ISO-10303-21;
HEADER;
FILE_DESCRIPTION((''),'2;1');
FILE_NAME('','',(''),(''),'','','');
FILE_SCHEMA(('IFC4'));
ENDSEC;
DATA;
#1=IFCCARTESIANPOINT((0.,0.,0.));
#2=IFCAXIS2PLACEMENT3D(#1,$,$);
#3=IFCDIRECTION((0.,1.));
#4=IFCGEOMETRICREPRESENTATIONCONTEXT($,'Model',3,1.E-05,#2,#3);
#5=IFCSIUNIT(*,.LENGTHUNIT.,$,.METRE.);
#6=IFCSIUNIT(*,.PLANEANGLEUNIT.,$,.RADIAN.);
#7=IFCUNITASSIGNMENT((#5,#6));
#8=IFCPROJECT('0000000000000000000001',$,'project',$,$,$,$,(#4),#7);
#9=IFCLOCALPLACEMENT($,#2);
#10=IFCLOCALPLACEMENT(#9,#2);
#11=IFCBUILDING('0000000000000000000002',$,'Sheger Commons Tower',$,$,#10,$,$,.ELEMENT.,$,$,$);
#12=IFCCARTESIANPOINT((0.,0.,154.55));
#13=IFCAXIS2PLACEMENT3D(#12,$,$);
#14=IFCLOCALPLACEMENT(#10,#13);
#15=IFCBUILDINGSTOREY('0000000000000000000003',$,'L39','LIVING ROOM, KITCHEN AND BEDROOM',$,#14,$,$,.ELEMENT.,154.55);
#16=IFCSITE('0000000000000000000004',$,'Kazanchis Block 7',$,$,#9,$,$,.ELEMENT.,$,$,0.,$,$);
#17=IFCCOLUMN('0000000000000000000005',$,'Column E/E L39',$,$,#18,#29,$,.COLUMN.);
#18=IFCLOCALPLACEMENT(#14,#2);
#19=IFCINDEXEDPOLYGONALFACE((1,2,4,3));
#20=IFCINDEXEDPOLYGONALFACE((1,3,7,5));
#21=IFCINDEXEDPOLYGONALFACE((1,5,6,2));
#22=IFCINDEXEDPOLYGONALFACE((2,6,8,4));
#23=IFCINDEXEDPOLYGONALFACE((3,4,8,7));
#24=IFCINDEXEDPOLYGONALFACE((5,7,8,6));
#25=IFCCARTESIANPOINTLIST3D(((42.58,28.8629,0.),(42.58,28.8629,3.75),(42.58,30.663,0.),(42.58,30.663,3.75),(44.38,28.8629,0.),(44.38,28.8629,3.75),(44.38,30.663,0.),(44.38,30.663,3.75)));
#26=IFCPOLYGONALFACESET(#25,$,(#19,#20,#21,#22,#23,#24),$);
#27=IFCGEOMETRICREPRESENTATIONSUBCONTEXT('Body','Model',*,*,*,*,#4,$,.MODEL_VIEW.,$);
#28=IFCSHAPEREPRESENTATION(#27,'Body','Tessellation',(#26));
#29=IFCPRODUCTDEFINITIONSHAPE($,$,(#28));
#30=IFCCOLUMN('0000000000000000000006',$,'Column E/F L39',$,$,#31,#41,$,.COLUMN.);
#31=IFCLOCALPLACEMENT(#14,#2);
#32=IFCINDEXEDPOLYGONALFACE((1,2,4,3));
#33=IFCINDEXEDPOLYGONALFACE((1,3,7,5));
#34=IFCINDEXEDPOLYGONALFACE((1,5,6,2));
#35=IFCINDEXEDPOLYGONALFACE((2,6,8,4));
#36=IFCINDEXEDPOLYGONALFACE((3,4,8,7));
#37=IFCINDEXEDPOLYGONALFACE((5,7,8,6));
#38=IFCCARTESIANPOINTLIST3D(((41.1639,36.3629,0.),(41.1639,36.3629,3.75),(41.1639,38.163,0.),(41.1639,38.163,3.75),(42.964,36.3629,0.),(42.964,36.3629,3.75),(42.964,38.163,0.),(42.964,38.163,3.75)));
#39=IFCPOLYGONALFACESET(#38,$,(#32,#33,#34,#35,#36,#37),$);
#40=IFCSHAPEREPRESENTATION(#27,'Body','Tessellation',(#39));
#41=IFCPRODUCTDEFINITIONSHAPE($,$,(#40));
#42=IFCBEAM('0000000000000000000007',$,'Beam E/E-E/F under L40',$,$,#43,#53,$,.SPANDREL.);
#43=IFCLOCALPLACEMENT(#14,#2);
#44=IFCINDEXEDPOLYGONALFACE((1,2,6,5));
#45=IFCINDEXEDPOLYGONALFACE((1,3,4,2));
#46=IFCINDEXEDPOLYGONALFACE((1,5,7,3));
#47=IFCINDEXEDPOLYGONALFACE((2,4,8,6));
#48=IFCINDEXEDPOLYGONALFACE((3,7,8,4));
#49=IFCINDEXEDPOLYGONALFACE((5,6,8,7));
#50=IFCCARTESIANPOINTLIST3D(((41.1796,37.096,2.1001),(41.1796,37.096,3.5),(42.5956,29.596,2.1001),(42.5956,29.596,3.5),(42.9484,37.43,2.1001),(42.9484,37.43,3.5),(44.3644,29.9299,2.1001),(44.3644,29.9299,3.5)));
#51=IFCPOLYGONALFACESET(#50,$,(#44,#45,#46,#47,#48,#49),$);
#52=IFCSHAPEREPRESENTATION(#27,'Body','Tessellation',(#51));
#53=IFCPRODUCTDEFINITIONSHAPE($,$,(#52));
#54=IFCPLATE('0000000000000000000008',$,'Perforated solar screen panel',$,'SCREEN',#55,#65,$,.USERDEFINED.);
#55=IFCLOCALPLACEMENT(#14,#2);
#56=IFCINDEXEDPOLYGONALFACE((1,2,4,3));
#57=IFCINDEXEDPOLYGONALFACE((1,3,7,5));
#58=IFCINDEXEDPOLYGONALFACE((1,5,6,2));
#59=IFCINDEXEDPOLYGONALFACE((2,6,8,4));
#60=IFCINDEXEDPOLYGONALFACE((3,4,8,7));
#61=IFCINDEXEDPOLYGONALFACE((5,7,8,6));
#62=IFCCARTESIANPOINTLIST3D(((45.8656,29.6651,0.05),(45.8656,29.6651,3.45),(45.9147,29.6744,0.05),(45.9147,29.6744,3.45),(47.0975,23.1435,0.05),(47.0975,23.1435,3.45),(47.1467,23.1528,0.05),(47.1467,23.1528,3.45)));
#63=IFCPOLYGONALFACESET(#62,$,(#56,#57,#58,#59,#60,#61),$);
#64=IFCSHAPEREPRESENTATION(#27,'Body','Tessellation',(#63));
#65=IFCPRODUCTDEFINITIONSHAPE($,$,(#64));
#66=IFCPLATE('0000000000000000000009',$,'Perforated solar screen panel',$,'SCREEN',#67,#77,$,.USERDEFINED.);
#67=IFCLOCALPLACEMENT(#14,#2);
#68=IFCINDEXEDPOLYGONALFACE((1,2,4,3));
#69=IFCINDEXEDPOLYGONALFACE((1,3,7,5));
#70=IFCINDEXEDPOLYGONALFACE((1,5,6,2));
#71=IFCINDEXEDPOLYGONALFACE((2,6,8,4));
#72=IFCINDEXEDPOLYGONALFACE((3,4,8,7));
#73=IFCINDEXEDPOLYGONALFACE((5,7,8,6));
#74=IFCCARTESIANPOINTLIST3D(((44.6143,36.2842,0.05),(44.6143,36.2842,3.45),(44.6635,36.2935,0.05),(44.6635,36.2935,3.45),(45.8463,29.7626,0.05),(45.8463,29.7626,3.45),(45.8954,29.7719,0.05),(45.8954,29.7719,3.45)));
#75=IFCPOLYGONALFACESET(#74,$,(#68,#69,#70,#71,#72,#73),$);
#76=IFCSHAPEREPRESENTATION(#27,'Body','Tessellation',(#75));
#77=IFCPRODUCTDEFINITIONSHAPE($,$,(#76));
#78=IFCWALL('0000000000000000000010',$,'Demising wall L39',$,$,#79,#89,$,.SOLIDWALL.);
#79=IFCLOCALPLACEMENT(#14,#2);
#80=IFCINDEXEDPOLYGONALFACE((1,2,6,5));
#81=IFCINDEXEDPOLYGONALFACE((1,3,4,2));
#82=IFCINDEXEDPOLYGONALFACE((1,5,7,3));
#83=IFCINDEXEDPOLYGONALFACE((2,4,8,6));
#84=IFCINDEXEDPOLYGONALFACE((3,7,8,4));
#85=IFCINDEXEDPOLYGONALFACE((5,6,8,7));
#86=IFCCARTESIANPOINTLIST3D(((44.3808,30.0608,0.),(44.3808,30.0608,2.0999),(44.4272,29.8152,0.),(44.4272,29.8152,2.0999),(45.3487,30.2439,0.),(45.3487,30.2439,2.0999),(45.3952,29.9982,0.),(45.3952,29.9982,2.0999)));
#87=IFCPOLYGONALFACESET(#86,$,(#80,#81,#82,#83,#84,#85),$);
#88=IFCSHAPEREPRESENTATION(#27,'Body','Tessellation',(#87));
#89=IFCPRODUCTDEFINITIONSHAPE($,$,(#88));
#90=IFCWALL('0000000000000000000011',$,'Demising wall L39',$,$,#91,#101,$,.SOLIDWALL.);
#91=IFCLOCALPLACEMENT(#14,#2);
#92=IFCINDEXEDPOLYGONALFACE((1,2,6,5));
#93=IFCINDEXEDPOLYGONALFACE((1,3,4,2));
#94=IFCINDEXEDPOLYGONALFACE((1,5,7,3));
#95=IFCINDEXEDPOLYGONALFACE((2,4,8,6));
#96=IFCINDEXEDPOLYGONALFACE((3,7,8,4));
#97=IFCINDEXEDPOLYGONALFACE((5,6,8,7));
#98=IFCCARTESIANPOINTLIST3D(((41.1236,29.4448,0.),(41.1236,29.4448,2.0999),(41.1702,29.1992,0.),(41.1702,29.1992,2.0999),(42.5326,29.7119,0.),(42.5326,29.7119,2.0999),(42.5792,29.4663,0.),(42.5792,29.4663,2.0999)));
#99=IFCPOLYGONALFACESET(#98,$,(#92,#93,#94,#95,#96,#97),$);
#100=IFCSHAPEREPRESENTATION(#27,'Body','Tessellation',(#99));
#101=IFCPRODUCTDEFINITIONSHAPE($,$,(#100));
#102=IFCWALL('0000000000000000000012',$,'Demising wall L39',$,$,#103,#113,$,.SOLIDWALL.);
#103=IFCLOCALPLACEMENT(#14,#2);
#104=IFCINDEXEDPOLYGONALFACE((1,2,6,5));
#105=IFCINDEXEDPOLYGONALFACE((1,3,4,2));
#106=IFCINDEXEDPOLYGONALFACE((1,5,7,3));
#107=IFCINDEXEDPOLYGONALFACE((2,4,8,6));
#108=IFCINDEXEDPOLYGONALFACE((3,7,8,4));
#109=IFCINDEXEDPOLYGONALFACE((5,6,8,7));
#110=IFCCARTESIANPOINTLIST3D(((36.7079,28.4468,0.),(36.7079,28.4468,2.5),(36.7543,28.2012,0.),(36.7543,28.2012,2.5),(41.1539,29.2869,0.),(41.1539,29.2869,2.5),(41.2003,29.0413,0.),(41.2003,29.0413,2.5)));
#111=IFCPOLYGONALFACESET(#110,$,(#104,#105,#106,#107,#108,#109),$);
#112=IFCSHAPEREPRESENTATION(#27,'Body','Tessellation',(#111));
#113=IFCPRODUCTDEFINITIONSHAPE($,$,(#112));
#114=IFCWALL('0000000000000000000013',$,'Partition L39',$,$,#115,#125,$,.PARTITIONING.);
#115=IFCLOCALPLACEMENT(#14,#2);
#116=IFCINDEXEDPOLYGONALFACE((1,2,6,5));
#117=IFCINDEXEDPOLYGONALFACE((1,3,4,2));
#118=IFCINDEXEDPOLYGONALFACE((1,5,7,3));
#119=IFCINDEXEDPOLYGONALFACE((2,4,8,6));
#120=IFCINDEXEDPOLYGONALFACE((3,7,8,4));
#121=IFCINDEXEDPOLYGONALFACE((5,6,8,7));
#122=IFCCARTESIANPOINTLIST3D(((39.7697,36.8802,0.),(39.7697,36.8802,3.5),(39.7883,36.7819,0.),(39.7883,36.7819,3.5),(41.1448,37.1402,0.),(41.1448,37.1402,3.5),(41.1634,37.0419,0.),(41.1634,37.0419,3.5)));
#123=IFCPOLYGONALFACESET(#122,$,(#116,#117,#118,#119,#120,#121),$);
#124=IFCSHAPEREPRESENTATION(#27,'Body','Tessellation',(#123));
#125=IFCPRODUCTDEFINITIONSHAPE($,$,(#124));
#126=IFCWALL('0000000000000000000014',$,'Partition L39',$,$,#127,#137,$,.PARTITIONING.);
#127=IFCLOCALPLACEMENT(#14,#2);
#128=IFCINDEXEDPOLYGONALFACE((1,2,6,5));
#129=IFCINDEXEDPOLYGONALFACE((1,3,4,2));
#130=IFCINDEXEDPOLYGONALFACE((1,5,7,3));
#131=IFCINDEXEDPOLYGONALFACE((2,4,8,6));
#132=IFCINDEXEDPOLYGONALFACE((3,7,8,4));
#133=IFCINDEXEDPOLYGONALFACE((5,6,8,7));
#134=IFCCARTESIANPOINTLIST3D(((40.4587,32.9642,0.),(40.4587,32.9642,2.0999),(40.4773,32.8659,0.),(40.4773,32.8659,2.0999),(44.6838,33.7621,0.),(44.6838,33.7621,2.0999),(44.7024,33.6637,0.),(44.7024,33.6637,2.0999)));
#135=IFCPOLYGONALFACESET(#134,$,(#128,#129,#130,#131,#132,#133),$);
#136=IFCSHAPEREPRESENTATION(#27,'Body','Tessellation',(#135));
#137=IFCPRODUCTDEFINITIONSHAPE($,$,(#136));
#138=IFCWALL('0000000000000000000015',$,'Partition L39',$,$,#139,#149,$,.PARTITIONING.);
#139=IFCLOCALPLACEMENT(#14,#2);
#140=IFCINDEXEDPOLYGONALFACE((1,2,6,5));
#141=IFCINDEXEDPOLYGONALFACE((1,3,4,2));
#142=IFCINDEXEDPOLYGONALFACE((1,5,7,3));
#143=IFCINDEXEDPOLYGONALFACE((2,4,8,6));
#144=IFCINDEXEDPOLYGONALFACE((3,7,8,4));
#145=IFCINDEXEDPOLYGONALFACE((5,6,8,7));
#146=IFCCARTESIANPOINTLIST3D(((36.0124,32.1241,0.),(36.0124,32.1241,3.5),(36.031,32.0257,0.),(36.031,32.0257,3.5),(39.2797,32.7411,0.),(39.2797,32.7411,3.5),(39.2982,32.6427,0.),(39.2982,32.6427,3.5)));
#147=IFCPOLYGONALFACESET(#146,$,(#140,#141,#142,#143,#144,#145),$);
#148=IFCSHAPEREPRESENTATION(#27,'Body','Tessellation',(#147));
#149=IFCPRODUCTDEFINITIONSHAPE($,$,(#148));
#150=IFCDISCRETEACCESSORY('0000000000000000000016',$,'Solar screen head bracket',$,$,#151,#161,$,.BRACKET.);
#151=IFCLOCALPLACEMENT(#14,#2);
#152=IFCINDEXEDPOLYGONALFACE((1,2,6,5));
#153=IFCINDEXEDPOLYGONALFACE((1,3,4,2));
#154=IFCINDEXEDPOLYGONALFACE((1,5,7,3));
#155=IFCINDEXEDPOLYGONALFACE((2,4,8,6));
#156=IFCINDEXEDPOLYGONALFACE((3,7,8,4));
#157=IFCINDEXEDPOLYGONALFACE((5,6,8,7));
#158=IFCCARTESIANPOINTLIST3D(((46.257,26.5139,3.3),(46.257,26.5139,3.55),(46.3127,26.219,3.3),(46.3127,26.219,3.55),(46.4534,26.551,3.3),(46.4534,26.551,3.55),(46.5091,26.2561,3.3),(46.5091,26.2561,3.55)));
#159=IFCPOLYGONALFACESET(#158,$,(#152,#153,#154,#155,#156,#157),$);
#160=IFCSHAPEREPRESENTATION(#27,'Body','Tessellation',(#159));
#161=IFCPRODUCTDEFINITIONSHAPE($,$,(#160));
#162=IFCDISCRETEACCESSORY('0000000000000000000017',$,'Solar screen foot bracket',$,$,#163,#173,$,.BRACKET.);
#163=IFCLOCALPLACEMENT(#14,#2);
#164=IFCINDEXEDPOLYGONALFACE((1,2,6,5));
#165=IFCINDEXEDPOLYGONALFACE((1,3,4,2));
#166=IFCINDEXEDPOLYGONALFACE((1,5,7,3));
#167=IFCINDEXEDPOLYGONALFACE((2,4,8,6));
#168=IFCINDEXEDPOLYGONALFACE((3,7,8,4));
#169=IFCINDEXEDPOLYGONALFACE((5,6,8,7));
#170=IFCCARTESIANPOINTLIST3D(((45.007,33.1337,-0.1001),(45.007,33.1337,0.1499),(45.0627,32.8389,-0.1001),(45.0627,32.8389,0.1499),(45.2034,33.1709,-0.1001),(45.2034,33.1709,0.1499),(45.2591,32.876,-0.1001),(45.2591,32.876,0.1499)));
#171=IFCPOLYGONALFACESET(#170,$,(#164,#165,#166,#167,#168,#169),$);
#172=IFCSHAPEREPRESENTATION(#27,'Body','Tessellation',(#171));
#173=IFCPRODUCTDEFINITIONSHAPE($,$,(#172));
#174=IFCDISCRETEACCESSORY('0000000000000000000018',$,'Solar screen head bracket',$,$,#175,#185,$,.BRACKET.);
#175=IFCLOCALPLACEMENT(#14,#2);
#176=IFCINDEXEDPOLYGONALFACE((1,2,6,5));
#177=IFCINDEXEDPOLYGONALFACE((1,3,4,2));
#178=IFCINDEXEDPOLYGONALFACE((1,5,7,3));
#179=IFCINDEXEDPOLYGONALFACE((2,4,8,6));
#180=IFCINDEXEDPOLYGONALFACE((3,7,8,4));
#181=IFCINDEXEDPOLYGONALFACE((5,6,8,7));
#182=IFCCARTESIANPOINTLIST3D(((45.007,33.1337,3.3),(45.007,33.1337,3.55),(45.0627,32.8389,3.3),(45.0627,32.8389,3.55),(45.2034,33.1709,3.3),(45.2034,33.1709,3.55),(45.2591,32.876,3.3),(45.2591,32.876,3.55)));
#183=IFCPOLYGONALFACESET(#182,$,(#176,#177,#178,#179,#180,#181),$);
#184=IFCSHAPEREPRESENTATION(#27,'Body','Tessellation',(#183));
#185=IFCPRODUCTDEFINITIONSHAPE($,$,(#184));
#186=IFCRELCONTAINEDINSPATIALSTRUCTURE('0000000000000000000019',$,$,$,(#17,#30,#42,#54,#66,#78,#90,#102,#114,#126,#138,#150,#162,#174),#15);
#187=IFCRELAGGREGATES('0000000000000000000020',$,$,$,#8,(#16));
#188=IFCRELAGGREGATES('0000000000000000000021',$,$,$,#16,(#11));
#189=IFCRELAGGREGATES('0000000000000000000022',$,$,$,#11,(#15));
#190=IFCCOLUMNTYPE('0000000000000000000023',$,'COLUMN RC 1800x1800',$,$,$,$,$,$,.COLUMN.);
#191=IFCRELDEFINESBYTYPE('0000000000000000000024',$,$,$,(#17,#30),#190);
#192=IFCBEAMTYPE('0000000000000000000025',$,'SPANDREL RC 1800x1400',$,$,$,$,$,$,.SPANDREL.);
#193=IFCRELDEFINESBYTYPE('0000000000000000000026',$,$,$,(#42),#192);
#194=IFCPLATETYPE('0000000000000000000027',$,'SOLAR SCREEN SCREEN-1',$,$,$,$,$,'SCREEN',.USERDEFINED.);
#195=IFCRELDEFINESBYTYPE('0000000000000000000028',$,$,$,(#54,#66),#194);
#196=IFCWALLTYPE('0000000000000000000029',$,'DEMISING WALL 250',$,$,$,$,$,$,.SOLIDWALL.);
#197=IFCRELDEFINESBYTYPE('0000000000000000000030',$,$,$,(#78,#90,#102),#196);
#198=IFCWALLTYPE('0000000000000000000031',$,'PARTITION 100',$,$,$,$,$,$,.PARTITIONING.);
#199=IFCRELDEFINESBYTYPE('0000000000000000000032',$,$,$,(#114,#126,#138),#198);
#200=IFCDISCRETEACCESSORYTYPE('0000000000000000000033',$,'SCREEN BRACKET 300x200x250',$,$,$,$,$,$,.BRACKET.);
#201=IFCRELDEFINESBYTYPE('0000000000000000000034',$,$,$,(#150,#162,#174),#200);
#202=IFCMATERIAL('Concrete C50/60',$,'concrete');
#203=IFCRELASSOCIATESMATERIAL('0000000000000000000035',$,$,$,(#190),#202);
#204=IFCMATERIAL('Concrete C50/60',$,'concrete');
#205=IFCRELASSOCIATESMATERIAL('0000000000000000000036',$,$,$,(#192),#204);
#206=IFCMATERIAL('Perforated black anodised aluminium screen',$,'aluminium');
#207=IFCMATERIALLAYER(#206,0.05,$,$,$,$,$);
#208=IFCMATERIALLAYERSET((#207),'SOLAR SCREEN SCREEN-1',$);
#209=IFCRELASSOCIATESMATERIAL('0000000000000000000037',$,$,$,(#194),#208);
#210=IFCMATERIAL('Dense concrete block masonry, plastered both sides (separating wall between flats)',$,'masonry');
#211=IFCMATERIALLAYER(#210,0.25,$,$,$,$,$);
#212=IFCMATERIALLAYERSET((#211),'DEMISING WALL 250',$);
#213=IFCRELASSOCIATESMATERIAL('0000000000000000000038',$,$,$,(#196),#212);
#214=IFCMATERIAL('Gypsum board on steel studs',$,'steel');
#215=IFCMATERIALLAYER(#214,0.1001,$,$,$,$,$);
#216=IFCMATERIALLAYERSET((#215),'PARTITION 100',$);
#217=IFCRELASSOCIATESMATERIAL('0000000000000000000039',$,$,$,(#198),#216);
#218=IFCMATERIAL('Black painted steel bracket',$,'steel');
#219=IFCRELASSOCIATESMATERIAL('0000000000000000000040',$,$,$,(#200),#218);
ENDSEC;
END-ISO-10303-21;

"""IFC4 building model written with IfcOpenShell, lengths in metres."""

from ifc_helpers import new_model, si_unit, direction, frame, frame_2d, origin, origin_2d, place, context, subcontext, project, spatial, rectangle, extrude, material, layer, layer_set, material_profile, profile_set, type_object, element, save


model = new_model("IFC4")

# Units and contexts
model_context = context("Model", 3, precision=1e-05, world=origin(), true_north=direction((0.0, 1.0)))
body_context = subcontext(model_context, "Body", "Model", "MODEL_VIEW")
ifc_project = project(units=[si_unit("LENGTHUNIT", "METRE"), si_unit("PLANEANGLEUNIT", "RADIAN")], contexts=[model_context])

# Site, building, storey
site_placement = place(None, origin())
site = spatial("IfcSite", under=ifc_project, at=site_placement, Name="Kazanchis Block 7", CompositionType="ELEMENT", RefElevation=0.0)
building_placement = place(site_placement, origin())
building = spatial("IfcBuilding", under=site, at=building_placement, Name="Sheger Commons Tower", CompositionType="ELEMENT")
storey_placement = place(building_placement, frame((0.0, 0.0, 154.55)))
storey = spatial("IfcBuildingStorey", under=building, at=storey_placement, Name="L39", Description="LIVING ROOM, KITCHEN AND BEDROOM", CompositionType="ELEMENT", Elevation=154.55)

# Columns
ifc_material_1 = material(Name="Concrete C50/60", Category="concrete")
ifc_material_profile_1 = material_profile(ifc_material_1, rectangle(XDim=1.8, YDim=1.8, at=origin_2d()), Name="RC 1800x1800")
ifc_profile_set_1 = profile_set([ifc_material_profile_1], Name="Concrete C50/60")
column_type = type_object("IfcColumnType", Name="COLUMN RC 1800x1800", PredefinedType="COLUMN", material=ifc_profile_set_1)
for number, where, z_axis, x_axis, name in (
    (1, (43.48, 29.7629, 0.0), (0.0, 0.0, 1.0), (1.0, 0.0, 0.0), "Column E/E L39"),
    (2, (42.064, 37.2629, 0.0), (0.0, 0.0, 1.0), (1.0, 0.0, 0.0), "Column E/F L39"),
):
    element("IfcColumn", number, at=place(storey_placement, frame(where, z_axis=z_axis, x_axis=x_axis)), inside=storey, type_object=column_type, Name=name, PredefinedType="COLUMN", context=body_context, shape_type="SweptSolid", body=[
        extrude(rectangle(XDim=1.8, YDim=1.8, at=origin_2d()), origin(), (0.0, 0.0, 1.0), 3.75),
    ])

# Beam
ifc_material_2 = material(Name="Concrete C50/60", Category="concrete")
ifc_material_profile_2 = material_profile(ifc_material_2, rectangle(XDim=1.8, YDim=1.3999, at=origin_2d()), Name="RC 1800x1400")
ifc_profile_set_2 = profile_set([ifc_material_profile_2], Name="Concrete C50/60")
beam_type = type_object("IfcBeamType", Name="SPANDREL RC 1800x1400", PredefinedType="SPANDREL", material=ifc_profile_set_2)
beam_placement = place(storey_placement, frame((43.48, 29.7629, 2.8), z_axis=(-0.185524, 0.98264, 0.0), x_axis=(-0.98264, -0.185524, 0.0)))
element("IfcBeam", 3, at=beam_placement, inside=storey, type_object=beam_type, Name="Beam E/E-E/F under L40", PredefinedType="SPANDREL", context=body_context, shape_type="SweptSolid", body=[
    extrude(rectangle(XDim=1.8, YDim=1.3999, at=origin_2d()), origin(), (0.0, 0.0, 1.0), 7.6326),
])

# Plates
ifc_material_3 = material(Name="Perforated black anodised aluminium screen", Category="aluminium")
ifc_layer_1 = layer(ifc_material_3, 0.05)
ifc_layer_set_1 = layer_set([ifc_layer_1], Name="SOLAR SCREEN SCREEN-1")
plate_type = type_object("IfcPlateType", Name="SOLAR SCREEN SCREEN-1", ElementType="SCREEN", PredefinedType="USERDEFINED", material=ifc_layer_set_1)
for number, where, z_axis, x_axis, name in (
    (4, (46.5061, 26.4089, 0.05), (0.0, 0.0, 1.0), (-0.185615, 0.982623, 0.0), "Perforated solar screen panel"),
    (5, (45.2549, 33.0281, 0.05), (0.0, 0.0, 1.0), (-0.185615, 0.982623, 0.0), "Perforated solar screen panel"),
):
    element("IfcPlate", number, at=place(storey_placement, frame(where, z_axis=z_axis, x_axis=x_axis)), inside=storey, type_object=plate_type, Name=name, ObjectType="SCREEN", PredefinedType="USERDEFINED", context=body_context, shape_type="SweptSolid", body=[
        extrude(rectangle(XDim=6.637, YDim=0.05, at=origin_2d()), origin(), (0.0, 0.0, 1.0), 3.3999),
    ])

# Walls
ifc_material_4 = material(Name="Dense concrete block masonry, plastered both sides (separating wall between flats)", Category="masonry")
ifc_layer_2 = layer(ifc_material_4, 0.25)
ifc_layer_set_2 = layer_set([ifc_layer_2], Name="DEMISING WALL 250")
wall_type_1 = type_object("IfcWallType", Name="DEMISING WALL 250", PredefinedType="SOLIDWALL", material=ifc_layer_set_2)
wall_1_placement = place(storey_placement, frame((45.3721, 30.1211, 0.0), z_axis=(0.0, 0.0, 1.0), x_axis=(-0.982576, -0.185859, 0.0)))
element("IfcWall", 6, at=wall_1_placement, inside=storey, type_object=wall_type_1, Name="Demising wall L39", PredefinedType="SOLIDWALL", context=body_context, shape_type="SweptSolid", body=[
    extrude(rectangle(XDim=0.9851, YDim=0.25, at=frame_2d((0.4927, 0.0))), origin(), (0.0, 0.0, 1.0), 2.0999),
])
wall_2_placement = place(storey_placement, frame((42.5559, 29.5891, 0.0), z_axis=(0.0, 0.0, 1.0), x_axis=(-0.982502, -0.186251, 0.0)))
element("IfcWall", 7, at=wall_2_placement, inside=storey, type_object=wall_type_1, Name="Demising wall L39", PredefinedType="SOLIDWALL", context=body_context, shape_type="SweptSolid", body=[
    extrude(rectangle(XDim=1.4341, YDim=0.25, at=frame_2d((0.717, 0.0))), origin(), (0.0, 0.0, 1.0), 2.0999),
])
wall_3_placement = place(storey_placement, frame((41.177, 29.1641, 0.0), z_axis=(0.0, 0.0, 1.0), x_axis=(-0.982613, -0.185666, 0.0)))
element("IfcWall", 8, at=wall_3_placement, inside=storey, type_object=wall_type_1, Name="Demising wall L39", PredefinedType="SOLIDWALL", context=body_context, shape_type="SweptSolid", body=[
    extrude(rectangle(XDim=4.5247, YDim=0.25, at=frame_2d((2.2622, 0.0))), origin(), (0.0, 0.0, 1.0), 2.5),
])
ifc_material_5 = material(Name="Gypsum board on steel studs", Category="steel")
ifc_layer_3 = layer(ifc_material_5, 0.1001)
ifc_layer_set_3 = layer_set([ifc_layer_3], Name="PARTITION 100")
wall_type_2 = type_object("IfcWallType", Name="PARTITION 100", PredefinedType="PARTITIONING", material=ifc_layer_set_3)
wall_4_placement = place(storey_placement, frame((41.1541, 37.0911, 0.0), z_axis=(0.0, 0.0, 1.0), x_axis=(-0.982587, -0.185805, 0.0)))
element("IfcWall", 9, at=wall_4_placement, inside=storey, type_object=wall_type_2, Name="Partition L39", PredefinedType="PARTITIONING", context=body_context, shape_type="SweptSolid", body=[
    extrude(rectangle(XDim=1.3994, YDim=0.1001, at=frame_2d((0.6997, 0.0))), origin(), (0.0, 0.0, 1.0), 3.5),
])
wall_5_placement = place(storey_placement, frame((44.6931, 33.7129, 0.0), z_axis=(0.0, 0.0, 1.0), x_axis=(-0.982634, -0.185557, 0.0)))
element("IfcWall", 10, at=wall_5_placement, inside=storey, type_object=wall_type_2, Name="Partition L39", PredefinedType="PARTITIONING", context=body_context, shape_type="SweptSolid", body=[
    extrude(rectangle(XDim=4.2998, YDim=0.1001, at=frame_2d((2.1499, 0.0))), origin(), (0.0, 0.0, 1.0), 2.0999),
])
wall_6_placement = place(storey_placement, frame((39.2891, 32.6919, 0.0), z_axis=(0.0, 0.0, 1.0), x_axis=(-0.982634, -0.185556, 0.0)))
element("IfcWall", 11, at=wall_6_placement, inside=storey, type_object=wall_type_2, Name="Partition L39", PredefinedType="PARTITIONING", context=body_context, shape_type="SweptSolid", body=[
    extrude(rectangle(XDim=3.325, YDim=0.1001, at=frame_2d((1.6626, 0.0))), origin(), (0.0, 0.0, 1.0), 3.5),
])

# Discrete accessories
ifc_material_6 = material(Name="Black painted steel bracket", Category="steel")
discrete_accessory_type = type_object("IfcDiscreteAccessoryType", Name="SCREEN BRACKET 300x200x250", PredefinedType="BRACKET", material=ifc_material_6)
for number, where, z_axis, x_axis, name in (
    (12, (46.3831, 26.385, 3.3), (0.0, 0.0, 1.0), (-0.185615, 0.982623, 0.0), "Solar screen head bracket"),
    (13, (45.1331, 33.0049, -0.1001), (0.0, 0.0, 1.0), (-0.185615, 0.982623, 0.0), "Solar screen foot bracket"),
    (14, (45.1331, 33.0049, 3.3), (0.0, 0.0, 1.0), (-0.185615, 0.982623, 0.0), "Solar screen head bracket"),
):
    element("IfcDiscreteAccessory", number, at=place(storey_placement, frame(where, z_axis=z_axis, x_axis=x_axis)), inside=storey, type_object=discrete_accessory_type, Name=name, PredefinedType="BRACKET", context=body_context, shape_type="SweptSolid", body=[
        extrude(rectangle(XDim=0.3, YDim=0.2, at=origin_2d()), origin(), (0.0, 0.0, 1.0), 0.25),
    ])

save(model, "model.ifc")
